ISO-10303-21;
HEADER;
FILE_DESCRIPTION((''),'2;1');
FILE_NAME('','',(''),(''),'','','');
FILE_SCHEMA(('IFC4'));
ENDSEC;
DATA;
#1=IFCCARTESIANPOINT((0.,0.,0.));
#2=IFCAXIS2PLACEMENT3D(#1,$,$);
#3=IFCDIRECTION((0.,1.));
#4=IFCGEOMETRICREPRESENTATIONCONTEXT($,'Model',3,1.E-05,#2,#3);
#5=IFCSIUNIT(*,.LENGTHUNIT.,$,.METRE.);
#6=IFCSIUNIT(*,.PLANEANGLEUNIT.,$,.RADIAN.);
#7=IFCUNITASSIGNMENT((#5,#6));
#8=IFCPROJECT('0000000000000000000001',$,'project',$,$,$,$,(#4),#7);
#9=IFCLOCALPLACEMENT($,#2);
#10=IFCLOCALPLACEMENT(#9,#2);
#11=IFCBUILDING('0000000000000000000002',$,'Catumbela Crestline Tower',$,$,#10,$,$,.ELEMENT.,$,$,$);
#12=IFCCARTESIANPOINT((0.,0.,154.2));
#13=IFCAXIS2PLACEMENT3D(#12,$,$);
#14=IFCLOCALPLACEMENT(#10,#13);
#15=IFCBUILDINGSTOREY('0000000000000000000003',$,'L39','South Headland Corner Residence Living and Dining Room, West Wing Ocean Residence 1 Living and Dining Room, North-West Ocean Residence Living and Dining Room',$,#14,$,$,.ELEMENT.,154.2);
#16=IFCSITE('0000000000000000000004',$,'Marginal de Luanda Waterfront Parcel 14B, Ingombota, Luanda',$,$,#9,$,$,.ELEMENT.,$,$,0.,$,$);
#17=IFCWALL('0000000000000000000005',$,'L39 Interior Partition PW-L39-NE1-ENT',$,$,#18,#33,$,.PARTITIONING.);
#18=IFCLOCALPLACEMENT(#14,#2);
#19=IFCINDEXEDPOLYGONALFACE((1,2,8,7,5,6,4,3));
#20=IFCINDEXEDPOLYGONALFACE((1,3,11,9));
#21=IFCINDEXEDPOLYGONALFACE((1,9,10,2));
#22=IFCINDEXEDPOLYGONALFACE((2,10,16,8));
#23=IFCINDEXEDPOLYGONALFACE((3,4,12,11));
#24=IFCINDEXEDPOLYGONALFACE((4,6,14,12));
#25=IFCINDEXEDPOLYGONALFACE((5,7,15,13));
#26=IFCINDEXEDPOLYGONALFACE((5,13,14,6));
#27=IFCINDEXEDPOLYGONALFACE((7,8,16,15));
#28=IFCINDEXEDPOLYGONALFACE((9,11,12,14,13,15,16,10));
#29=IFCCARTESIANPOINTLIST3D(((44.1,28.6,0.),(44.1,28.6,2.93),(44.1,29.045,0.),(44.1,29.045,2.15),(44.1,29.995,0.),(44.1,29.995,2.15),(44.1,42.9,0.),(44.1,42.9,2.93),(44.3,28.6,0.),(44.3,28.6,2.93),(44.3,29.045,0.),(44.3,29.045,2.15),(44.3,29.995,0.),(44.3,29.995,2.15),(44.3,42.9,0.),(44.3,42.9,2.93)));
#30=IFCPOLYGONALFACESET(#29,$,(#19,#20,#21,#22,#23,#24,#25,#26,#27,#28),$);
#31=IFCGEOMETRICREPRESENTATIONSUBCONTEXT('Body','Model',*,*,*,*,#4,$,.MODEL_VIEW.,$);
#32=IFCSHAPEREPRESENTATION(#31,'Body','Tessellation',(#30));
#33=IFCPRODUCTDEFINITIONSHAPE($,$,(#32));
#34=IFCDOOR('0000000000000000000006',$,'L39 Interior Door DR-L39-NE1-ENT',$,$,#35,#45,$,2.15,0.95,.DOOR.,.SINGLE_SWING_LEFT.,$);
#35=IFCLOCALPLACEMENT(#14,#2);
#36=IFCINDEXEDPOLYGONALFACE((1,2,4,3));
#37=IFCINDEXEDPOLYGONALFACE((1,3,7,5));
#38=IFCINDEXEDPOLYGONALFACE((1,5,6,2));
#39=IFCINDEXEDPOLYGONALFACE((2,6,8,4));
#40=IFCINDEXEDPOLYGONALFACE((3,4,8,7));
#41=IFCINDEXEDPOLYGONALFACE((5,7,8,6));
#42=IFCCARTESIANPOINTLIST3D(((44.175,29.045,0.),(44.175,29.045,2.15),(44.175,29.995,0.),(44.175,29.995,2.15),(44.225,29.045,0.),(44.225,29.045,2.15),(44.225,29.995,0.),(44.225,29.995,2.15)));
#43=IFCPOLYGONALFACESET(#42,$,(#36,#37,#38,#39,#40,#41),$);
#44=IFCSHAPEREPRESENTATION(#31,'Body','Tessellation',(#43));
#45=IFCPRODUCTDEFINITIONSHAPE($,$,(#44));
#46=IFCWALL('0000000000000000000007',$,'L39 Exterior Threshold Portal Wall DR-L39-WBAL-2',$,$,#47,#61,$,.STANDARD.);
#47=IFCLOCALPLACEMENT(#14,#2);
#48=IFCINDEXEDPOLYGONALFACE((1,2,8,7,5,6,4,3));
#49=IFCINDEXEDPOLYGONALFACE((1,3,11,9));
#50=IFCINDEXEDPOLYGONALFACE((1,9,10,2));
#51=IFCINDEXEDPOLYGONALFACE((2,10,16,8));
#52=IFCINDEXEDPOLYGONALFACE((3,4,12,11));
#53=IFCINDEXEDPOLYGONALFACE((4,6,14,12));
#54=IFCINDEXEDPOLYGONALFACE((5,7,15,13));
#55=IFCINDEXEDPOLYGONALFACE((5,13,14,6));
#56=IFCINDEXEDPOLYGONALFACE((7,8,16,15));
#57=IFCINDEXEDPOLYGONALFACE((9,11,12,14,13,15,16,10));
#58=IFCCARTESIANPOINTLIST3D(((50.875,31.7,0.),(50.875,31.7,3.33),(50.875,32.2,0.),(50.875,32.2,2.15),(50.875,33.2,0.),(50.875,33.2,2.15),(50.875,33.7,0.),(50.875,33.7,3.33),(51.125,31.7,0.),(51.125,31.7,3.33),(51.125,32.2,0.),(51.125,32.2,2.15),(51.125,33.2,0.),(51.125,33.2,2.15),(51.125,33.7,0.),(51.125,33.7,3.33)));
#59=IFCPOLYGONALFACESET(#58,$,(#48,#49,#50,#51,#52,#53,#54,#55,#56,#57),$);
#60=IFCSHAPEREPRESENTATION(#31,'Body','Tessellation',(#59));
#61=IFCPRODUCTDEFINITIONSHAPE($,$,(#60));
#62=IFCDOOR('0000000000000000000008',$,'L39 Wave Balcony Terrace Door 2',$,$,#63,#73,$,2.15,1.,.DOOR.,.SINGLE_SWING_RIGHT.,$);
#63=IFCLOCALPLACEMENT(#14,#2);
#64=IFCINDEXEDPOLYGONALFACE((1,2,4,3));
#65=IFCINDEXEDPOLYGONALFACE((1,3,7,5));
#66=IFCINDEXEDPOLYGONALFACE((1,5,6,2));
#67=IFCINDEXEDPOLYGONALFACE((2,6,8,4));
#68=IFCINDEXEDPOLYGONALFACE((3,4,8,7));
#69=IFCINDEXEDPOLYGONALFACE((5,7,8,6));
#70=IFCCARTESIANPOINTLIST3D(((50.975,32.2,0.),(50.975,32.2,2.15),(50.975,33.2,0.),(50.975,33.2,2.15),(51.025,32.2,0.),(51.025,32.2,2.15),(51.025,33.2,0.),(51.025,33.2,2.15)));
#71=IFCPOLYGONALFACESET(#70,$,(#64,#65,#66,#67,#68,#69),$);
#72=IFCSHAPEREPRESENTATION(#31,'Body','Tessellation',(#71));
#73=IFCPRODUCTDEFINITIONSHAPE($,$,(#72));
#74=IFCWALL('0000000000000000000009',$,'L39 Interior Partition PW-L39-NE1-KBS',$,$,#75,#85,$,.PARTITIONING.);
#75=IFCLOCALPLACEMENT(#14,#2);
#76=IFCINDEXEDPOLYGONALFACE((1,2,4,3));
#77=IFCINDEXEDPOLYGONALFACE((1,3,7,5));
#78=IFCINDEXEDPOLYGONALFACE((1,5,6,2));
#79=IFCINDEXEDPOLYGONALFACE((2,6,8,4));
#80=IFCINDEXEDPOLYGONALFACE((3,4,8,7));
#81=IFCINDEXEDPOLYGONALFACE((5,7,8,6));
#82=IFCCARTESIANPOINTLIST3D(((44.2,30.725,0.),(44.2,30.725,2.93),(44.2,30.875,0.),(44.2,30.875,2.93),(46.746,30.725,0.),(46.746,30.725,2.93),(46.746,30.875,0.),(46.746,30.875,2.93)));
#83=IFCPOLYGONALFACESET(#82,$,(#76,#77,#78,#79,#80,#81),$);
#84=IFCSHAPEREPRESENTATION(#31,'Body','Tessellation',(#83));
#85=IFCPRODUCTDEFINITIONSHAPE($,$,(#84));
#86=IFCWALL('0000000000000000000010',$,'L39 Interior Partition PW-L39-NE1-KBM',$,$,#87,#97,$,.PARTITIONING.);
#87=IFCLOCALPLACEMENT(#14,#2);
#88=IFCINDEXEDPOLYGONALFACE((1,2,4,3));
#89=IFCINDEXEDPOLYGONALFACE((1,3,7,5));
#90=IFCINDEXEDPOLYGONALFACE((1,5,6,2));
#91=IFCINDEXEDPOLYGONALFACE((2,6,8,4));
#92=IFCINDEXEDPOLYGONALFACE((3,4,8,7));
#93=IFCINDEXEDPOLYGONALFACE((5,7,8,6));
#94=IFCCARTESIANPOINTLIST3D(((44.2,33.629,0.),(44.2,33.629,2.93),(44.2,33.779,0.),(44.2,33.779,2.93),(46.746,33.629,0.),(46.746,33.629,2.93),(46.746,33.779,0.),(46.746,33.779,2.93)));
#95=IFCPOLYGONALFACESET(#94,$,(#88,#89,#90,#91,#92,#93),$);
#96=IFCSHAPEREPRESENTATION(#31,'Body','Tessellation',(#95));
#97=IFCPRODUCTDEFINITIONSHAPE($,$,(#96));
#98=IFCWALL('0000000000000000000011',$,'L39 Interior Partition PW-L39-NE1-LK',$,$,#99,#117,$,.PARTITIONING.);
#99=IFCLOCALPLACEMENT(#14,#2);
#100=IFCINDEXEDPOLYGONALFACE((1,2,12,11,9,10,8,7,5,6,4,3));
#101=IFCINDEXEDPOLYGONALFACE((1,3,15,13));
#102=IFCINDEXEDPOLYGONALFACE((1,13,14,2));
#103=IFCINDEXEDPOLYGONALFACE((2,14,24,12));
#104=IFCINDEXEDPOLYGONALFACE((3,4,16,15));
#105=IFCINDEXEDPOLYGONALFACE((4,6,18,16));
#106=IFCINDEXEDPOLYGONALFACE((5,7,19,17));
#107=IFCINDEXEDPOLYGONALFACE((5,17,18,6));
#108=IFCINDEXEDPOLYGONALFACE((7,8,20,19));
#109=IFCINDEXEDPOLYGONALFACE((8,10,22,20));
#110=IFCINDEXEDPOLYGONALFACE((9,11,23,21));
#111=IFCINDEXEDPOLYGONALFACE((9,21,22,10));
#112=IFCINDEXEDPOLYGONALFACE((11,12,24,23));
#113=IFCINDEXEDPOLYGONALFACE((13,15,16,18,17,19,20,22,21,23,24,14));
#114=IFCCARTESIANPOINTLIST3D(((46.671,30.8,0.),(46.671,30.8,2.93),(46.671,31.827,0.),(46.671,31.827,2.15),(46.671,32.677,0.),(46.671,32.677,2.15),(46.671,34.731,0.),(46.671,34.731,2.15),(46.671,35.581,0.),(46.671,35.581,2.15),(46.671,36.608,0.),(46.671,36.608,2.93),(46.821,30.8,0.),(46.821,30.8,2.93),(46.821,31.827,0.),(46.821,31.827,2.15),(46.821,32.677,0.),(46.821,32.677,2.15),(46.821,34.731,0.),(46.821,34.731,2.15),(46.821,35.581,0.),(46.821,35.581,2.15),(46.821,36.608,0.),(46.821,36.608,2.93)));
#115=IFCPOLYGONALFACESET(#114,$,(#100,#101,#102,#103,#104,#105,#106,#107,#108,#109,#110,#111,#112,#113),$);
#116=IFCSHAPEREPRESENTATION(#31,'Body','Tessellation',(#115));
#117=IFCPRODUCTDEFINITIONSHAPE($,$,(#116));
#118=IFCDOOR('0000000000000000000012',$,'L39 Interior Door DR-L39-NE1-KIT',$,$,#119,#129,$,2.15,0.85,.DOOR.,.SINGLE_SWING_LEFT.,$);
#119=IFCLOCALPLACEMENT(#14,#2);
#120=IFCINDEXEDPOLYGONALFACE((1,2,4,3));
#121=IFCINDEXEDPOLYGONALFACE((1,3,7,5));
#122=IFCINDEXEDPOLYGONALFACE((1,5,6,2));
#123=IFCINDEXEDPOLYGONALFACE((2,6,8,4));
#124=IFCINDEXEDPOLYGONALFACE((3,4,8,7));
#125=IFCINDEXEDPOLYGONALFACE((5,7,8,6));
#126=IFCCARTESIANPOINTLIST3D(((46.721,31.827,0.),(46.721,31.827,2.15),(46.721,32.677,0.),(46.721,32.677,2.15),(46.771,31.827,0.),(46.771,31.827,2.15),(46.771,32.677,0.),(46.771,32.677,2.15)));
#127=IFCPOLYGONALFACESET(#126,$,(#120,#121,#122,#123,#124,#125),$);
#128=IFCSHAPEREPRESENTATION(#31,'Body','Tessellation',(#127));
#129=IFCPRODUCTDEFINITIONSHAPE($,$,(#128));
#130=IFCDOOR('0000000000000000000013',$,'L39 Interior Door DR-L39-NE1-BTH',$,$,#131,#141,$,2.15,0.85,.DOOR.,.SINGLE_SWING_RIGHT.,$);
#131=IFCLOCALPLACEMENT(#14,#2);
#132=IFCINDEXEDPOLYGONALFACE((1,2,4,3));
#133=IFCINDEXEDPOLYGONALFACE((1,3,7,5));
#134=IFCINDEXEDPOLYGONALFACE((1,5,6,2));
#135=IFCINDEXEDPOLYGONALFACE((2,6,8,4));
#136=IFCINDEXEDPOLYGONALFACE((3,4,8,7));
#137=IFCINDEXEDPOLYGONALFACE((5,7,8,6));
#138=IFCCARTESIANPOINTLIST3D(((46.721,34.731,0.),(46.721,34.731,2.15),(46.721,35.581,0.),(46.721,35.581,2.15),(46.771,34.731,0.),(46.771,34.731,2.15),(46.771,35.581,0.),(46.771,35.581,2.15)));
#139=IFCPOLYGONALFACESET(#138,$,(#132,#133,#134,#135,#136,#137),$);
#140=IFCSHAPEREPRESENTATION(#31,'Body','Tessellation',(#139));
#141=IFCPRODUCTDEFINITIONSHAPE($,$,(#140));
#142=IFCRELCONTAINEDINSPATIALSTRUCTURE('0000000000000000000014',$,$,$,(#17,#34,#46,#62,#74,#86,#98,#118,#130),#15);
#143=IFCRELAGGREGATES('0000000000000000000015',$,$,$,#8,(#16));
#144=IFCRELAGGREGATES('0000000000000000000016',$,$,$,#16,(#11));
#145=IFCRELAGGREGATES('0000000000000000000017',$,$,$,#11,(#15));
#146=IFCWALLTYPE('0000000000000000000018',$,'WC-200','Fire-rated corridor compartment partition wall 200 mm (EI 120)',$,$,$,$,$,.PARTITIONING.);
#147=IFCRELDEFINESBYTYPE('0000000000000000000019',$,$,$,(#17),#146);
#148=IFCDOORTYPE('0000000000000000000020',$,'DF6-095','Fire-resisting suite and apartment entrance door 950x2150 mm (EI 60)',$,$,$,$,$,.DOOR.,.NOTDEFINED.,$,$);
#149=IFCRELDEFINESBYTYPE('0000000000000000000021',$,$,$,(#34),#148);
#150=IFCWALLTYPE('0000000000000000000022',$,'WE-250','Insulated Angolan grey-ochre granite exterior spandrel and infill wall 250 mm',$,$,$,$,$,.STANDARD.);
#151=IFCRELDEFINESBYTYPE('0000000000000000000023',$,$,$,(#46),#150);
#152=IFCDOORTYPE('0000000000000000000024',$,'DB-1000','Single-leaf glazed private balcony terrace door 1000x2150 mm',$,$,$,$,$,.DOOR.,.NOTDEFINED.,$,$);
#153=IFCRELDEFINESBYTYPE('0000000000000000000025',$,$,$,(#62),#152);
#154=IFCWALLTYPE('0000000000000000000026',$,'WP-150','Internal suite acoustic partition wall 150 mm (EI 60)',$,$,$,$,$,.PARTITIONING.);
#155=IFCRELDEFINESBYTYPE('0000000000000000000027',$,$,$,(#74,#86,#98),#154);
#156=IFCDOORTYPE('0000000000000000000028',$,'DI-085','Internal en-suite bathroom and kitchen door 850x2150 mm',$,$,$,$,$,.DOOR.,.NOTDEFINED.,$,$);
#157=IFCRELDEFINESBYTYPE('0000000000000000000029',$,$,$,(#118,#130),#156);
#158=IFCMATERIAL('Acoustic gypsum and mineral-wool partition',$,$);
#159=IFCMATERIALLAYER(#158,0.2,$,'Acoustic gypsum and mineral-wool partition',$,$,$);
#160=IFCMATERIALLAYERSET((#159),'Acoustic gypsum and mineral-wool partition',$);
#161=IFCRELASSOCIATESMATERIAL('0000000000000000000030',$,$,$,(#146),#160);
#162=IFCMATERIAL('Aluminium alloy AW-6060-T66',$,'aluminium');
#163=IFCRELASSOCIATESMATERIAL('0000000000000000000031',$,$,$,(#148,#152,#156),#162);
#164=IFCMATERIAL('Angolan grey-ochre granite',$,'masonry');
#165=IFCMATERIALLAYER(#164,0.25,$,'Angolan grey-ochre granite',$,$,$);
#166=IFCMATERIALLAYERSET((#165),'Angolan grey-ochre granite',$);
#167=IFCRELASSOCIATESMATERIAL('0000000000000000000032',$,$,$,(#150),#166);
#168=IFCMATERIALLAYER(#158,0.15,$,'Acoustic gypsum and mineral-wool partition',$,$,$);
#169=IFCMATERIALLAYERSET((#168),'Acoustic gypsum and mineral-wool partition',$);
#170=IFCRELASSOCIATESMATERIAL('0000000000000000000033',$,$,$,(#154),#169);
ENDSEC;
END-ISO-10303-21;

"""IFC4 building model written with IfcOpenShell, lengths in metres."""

from ifc_helpers import new_model, si_unit, direction, frame, frame_2d, origin, place, context, subcontext, project, spatial, rectangle, extrude, material, layer, layer_set, type_object, element, fill, save


model = new_model("IFC4")

# Units and contexts
model_context = context("Model", 3, precision=1e-05, world=origin(), true_north=direction((0.0, 1.0)))
body_context = subcontext(model_context, "Body", "Model", "MODEL_VIEW")
ifc_project = project(units=[si_unit("LENGTHUNIT", "METRE"), si_unit("PLANEANGLEUNIT", "RADIAN")], contexts=[model_context])

# Site, building, storey
site_placement = place(None, origin())
site = spatial("IfcSite", under=ifc_project, at=site_placement, Name="Marginal de Luanda Waterfront Parcel 14B, Ingombota, Luanda", CompositionType="ELEMENT", RefElevation=0.0)
building_placement = place(site_placement, origin())
building = spatial("IfcBuilding", under=site, at=building_placement, Name="Catumbela Crestline Tower", CompositionType="ELEMENT")
storey_placement = place(building_placement, frame((0.0, 0.0, 154.2)))
storey = spatial("IfcBuildingStorey", under=building, at=storey_placement, Name="L39", Description="South Headland Corner Residence Living and Dining Room, West Wing Ocean Residence 1 Living and Dining Room, North-West Ocean Residence Living and Dining Room", CompositionType="ELEMENT", Elevation=154.2)

# Shared definitions
ifc_material_1 = material(Name="Aluminium alloy AW-6060-T66", Category="aluminium")

# Walls, openings, doors
ifc_material_2 = material(Name="Acoustic gypsum and mineral-wool partition")
ifc_layer_1 = layer(ifc_material_2, 0.2, Name="Acoustic gypsum and mineral-wool partition")
ifc_layer_set_1 = layer_set([ifc_layer_1], Name="Acoustic gypsum and mineral-wool partition")
wall_type_1 = type_object("IfcWallType", Name="WC-200", Description="Fire-rated corridor compartment partition wall 200 mm (EI 120)", PredefinedType="PARTITIONING", material=ifc_layer_set_1)
wall_1_placement = place(storey_placement, frame((44.2, 28.6, 0.0), z_axis=(0.0, 0.0, 1.0), x_axis=(0.0, 1.0, 0.0)))
wall_1 = element("IfcWall", 1, at=wall_1_placement, inside=storey, type_object=wall_type_1, Name="L39 Interior Partition PW-L39-NE1-ENT", PredefinedType="PARTITIONING", context=body_context, shape_type="SweptSolid", body=[
    extrude(rectangle(XDim=14.3, YDim=0.2, at=frame_2d((7.15, 0.0))), origin(), (0.0, 0.0, 1.0), 2.93),
])
opening_1_placement = place(wall_1_placement, frame((0.445, 0.0, 0.0)))
opening_1 = element("IfcOpeningElement", 2, at=opening_1_placement, cuts=wall_1, PredefinedType="OPENING", context=body_context, shape_type="SweptSolid", body=[
    extrude(rectangle(XDim=0.95, YDim=2.15, at=frame_2d((0.475, 1.075))), frame((0.0, 0.11, 0.0), z_axis=(0.0, -1.0, 0.0), x_axis=(1.0, 0.0, 0.0)), (0.0, 0.0, 1.0), 0.22),
])
door_type_1 = type_object("IfcDoorType", Name="DF6-095", Description="Fire-resisting suite and apartment entrance door 950x2150 mm (EI 60)", OperationType="NOTDEFINED", PredefinedType="DOOR", material=ifc_material_1)
door_1_placement = place(opening_1_placement, origin())
door_1 = element("IfcDoor", 3, at=door_1_placement, inside=storey, type_object=door_type_1, Name="L39 Interior Door DR-L39-NE1-ENT", OperationType="SINGLE_SWING_LEFT", OverallHeight=2.15, OverallWidth=0.95, PredefinedType="DOOR", context=body_context, shape_type="SweptSolid", body=[
    extrude(rectangle(XDim=0.95, YDim=2.15, at=frame_2d((0.475, 1.075))), frame((0.0, 0.025, 0.0), z_axis=(0.0, -1.0, 0.0), x_axis=(1.0, 0.0, 0.0)), (0.0, 0.0, 1.0), 0.05),
])
fill(opening_1, door_1)
ifc_material_3 = material(Name="Angolan grey-ochre granite", Category="masonry")
ifc_layer_2 = layer(ifc_material_3, 0.25, Name="Angolan grey-ochre granite")
ifc_layer_set_2 = layer_set([ifc_layer_2], Name="Angolan grey-ochre granite")
wall_type_2 = type_object("IfcWallType", Name="WE-250", Description="Insulated Angolan grey-ochre granite exterior spandrel and infill wall 250 mm", PredefinedType="STANDARD", material=ifc_layer_set_2)
wall_2_placement = place(storey_placement, frame((51.0, 31.7, 0.0), z_axis=(0.0, 0.0, 1.0), x_axis=(0.0, 1.0, 0.0)))
wall_2 = element("IfcWall", 4, at=wall_2_placement, inside=storey, type_object=wall_type_2, Name="L39 Exterior Threshold Portal Wall DR-L39-WBAL-2", PredefinedType="STANDARD", context=body_context, shape_type="SweptSolid", body=[
    extrude(rectangle(XDim=2.0, YDim=0.25, at=frame_2d((1.0, 0.0))), origin(), (0.0, 0.0, 1.0), 3.33),
])
opening_2_placement = place(wall_2_placement, frame((0.5, 0.0, 0.0)))
opening_2 = element("IfcOpeningElement", 5, at=opening_2_placement, cuts=wall_2, PredefinedType="OPENING", context=body_context, shape_type="SweptSolid", body=[
    extrude(rectangle(XDim=1.0, YDim=2.15, at=frame_2d((0.5, 1.075))), frame((0.0, 0.135, 0.0), z_axis=(0.0, -1.0, 0.0), x_axis=(1.0, 0.0, 0.0)), (0.0, 0.0, 1.0), 0.27),
])
door_type_2 = type_object("IfcDoorType", Name="DB-1000", Description="Single-leaf glazed private balcony terrace door 1000x2150 mm", OperationType="NOTDEFINED", PredefinedType="DOOR", material=ifc_material_1)
door_2_placement = place(opening_2_placement, origin())
door_2 = element("IfcDoor", 6, at=door_2_placement, inside=storey, type_object=door_type_2, Name="L39 Wave Balcony Terrace Door 2", OperationType="SINGLE_SWING_RIGHT", OverallHeight=2.15, OverallWidth=1.0, PredefinedType="DOOR", context=body_context, shape_type="SweptSolid", body=[
    extrude(rectangle(XDim=1.0, YDim=2.15, at=frame_2d((0.5, 1.075))), frame((0.0, 0.025, 0.0), z_axis=(0.0, -1.0, 0.0), x_axis=(1.0, 0.0, 0.0)), (0.0, 0.0, 1.0), 0.05),
])
fill(opening_2, door_2)

# Walls
ifc_layer_3 = layer(ifc_material_2, 0.15, Name="Acoustic gypsum and mineral-wool partition")
ifc_layer_set_3 = layer_set([ifc_layer_3], Name="Acoustic gypsum and mineral-wool partition")
wall_type_3 = type_object("IfcWallType", Name="WP-150", Description="Internal suite acoustic partition wall 150 mm (EI 60)", PredefinedType="PARTITIONING", material=ifc_layer_set_3)
for number, where, z_axis, x_axis, name in (
    (7, (44.2, 30.8, 0.0), (0.0, 0.0, 1.0), (1.0, 0.0, 0.0), "L39 Interior Partition PW-L39-NE1-KBS"),
    (8, (44.2, 33.704, 0.0), (0.0, 0.0, 1.0), (1.0, 0.0, 0.0), "L39 Interior Partition PW-L39-NE1-KBM"),
):
    element("IfcWall", number, at=place(storey_placement, frame(where, z_axis=z_axis, x_axis=x_axis)), inside=storey, type_object=wall_type_3, Name=name, PredefinedType="PARTITIONING", context=body_context, shape_type="SweptSolid", body=[
        extrude(rectangle(XDim=2.546, YDim=0.15, at=frame_2d((1.273, 0.0))), origin(), (0.0, 0.0, 1.0), 2.93),
    ])

# Wall, openings, doors
wall_3_placement = place(storey_placement, frame((46.746, 30.8, 0.0), z_axis=(0.0, 0.0, 1.0), x_axis=(0.0, 1.0, 0.0)))
wall_3 = element("IfcWall", 9, at=wall_3_placement, inside=storey, type_object=wall_type_3, Name="L39 Interior Partition PW-L39-NE1-LK", PredefinedType="PARTITIONING", context=body_context, shape_type="SweptSolid", body=[
    extrude(rectangle(XDim=5.808, YDim=0.15, at=frame_2d((2.904, 0.0))), origin(), (0.0, 0.0, 1.0), 2.93),
])
opening_3_placement = place(wall_3_placement, frame((1.027, 0.0, 0.0)))
opening_3 = element("IfcOpeningElement", 10, at=opening_3_placement, cuts=wall_3, PredefinedType="OPENING", context=body_context, shape_type="SweptSolid", body=[
    extrude(rectangle(XDim=0.85, YDim=2.15, at=frame_2d((0.425, 1.075))), frame((0.0, 0.085, 0.0), z_axis=(0.0, -1.0, 0.0), x_axis=(1.0, 0.0, 0.0)), (0.0, 0.0, 1.0), 0.17),
])
opening_4_placement = place(wall_3_placement, frame((3.931, 0.0, 0.0)))
opening_4 = element("IfcOpeningElement", 11, at=opening_4_placement, cuts=wall_3, PredefinedType="OPENING", context=body_context, shape_type="SweptSolid", body=[
    extrude(rectangle(XDim=0.85, YDim=2.15, at=frame_2d((0.425, 1.075))), frame((0.0, 0.085, 0.0), z_axis=(0.0, -1.0, 0.0), x_axis=(1.0, 0.0, 0.0)), (0.0, 0.0, 1.0), 0.17),
])
door_type_3 = type_object("IfcDoorType", Name="DI-085", Description="Internal en-suite bathroom and kitchen door 850x2150 mm", OperationType="NOTDEFINED", PredefinedType="DOOR", material=ifc_material_1)
door_3_placement = place(opening_3_placement, origin())
door_3 = element("IfcDoor", 12, at=door_3_placement, inside=storey, type_object=door_type_3, Name="L39 Interior Door DR-L39-NE1-KIT", OperationType="SINGLE_SWING_LEFT", OverallHeight=2.15, OverallWidth=0.85, PredefinedType="DOOR", context=body_context, shape_type="SweptSolid", body=[
    extrude(rectangle(XDim=0.85, YDim=2.15, at=frame_2d((0.425, 1.075))), frame((0.0, 0.025, 0.0), z_axis=(0.0, -1.0, 0.0), x_axis=(1.0, 0.0, 0.0)), (0.0, 0.0, 1.0), 0.05),
])
fill(opening_3, door_3)
door_4_placement = place(opening_4_placement, origin())
door_4 = element("IfcDoor", 13, at=door_4_placement, inside=storey, type_object=door_type_3, Name="L39 Interior Door DR-L39-NE1-BTH", OperationType="SINGLE_SWING_RIGHT", OverallHeight=2.15, OverallWidth=0.85, PredefinedType="DOOR", context=body_context, shape_type="SweptSolid", body=[
    extrude(rectangle(XDim=0.85, YDim=2.15, at=frame_2d((0.425, 1.075))), frame((0.0, 0.025, 0.0), z_axis=(0.0, -1.0, 0.0), x_axis=(1.0, 0.0, 0.0)), (0.0, 0.0, 1.0), 0.05),
])
fill(opening_4, door_4)

save(model, "model.ifc")
